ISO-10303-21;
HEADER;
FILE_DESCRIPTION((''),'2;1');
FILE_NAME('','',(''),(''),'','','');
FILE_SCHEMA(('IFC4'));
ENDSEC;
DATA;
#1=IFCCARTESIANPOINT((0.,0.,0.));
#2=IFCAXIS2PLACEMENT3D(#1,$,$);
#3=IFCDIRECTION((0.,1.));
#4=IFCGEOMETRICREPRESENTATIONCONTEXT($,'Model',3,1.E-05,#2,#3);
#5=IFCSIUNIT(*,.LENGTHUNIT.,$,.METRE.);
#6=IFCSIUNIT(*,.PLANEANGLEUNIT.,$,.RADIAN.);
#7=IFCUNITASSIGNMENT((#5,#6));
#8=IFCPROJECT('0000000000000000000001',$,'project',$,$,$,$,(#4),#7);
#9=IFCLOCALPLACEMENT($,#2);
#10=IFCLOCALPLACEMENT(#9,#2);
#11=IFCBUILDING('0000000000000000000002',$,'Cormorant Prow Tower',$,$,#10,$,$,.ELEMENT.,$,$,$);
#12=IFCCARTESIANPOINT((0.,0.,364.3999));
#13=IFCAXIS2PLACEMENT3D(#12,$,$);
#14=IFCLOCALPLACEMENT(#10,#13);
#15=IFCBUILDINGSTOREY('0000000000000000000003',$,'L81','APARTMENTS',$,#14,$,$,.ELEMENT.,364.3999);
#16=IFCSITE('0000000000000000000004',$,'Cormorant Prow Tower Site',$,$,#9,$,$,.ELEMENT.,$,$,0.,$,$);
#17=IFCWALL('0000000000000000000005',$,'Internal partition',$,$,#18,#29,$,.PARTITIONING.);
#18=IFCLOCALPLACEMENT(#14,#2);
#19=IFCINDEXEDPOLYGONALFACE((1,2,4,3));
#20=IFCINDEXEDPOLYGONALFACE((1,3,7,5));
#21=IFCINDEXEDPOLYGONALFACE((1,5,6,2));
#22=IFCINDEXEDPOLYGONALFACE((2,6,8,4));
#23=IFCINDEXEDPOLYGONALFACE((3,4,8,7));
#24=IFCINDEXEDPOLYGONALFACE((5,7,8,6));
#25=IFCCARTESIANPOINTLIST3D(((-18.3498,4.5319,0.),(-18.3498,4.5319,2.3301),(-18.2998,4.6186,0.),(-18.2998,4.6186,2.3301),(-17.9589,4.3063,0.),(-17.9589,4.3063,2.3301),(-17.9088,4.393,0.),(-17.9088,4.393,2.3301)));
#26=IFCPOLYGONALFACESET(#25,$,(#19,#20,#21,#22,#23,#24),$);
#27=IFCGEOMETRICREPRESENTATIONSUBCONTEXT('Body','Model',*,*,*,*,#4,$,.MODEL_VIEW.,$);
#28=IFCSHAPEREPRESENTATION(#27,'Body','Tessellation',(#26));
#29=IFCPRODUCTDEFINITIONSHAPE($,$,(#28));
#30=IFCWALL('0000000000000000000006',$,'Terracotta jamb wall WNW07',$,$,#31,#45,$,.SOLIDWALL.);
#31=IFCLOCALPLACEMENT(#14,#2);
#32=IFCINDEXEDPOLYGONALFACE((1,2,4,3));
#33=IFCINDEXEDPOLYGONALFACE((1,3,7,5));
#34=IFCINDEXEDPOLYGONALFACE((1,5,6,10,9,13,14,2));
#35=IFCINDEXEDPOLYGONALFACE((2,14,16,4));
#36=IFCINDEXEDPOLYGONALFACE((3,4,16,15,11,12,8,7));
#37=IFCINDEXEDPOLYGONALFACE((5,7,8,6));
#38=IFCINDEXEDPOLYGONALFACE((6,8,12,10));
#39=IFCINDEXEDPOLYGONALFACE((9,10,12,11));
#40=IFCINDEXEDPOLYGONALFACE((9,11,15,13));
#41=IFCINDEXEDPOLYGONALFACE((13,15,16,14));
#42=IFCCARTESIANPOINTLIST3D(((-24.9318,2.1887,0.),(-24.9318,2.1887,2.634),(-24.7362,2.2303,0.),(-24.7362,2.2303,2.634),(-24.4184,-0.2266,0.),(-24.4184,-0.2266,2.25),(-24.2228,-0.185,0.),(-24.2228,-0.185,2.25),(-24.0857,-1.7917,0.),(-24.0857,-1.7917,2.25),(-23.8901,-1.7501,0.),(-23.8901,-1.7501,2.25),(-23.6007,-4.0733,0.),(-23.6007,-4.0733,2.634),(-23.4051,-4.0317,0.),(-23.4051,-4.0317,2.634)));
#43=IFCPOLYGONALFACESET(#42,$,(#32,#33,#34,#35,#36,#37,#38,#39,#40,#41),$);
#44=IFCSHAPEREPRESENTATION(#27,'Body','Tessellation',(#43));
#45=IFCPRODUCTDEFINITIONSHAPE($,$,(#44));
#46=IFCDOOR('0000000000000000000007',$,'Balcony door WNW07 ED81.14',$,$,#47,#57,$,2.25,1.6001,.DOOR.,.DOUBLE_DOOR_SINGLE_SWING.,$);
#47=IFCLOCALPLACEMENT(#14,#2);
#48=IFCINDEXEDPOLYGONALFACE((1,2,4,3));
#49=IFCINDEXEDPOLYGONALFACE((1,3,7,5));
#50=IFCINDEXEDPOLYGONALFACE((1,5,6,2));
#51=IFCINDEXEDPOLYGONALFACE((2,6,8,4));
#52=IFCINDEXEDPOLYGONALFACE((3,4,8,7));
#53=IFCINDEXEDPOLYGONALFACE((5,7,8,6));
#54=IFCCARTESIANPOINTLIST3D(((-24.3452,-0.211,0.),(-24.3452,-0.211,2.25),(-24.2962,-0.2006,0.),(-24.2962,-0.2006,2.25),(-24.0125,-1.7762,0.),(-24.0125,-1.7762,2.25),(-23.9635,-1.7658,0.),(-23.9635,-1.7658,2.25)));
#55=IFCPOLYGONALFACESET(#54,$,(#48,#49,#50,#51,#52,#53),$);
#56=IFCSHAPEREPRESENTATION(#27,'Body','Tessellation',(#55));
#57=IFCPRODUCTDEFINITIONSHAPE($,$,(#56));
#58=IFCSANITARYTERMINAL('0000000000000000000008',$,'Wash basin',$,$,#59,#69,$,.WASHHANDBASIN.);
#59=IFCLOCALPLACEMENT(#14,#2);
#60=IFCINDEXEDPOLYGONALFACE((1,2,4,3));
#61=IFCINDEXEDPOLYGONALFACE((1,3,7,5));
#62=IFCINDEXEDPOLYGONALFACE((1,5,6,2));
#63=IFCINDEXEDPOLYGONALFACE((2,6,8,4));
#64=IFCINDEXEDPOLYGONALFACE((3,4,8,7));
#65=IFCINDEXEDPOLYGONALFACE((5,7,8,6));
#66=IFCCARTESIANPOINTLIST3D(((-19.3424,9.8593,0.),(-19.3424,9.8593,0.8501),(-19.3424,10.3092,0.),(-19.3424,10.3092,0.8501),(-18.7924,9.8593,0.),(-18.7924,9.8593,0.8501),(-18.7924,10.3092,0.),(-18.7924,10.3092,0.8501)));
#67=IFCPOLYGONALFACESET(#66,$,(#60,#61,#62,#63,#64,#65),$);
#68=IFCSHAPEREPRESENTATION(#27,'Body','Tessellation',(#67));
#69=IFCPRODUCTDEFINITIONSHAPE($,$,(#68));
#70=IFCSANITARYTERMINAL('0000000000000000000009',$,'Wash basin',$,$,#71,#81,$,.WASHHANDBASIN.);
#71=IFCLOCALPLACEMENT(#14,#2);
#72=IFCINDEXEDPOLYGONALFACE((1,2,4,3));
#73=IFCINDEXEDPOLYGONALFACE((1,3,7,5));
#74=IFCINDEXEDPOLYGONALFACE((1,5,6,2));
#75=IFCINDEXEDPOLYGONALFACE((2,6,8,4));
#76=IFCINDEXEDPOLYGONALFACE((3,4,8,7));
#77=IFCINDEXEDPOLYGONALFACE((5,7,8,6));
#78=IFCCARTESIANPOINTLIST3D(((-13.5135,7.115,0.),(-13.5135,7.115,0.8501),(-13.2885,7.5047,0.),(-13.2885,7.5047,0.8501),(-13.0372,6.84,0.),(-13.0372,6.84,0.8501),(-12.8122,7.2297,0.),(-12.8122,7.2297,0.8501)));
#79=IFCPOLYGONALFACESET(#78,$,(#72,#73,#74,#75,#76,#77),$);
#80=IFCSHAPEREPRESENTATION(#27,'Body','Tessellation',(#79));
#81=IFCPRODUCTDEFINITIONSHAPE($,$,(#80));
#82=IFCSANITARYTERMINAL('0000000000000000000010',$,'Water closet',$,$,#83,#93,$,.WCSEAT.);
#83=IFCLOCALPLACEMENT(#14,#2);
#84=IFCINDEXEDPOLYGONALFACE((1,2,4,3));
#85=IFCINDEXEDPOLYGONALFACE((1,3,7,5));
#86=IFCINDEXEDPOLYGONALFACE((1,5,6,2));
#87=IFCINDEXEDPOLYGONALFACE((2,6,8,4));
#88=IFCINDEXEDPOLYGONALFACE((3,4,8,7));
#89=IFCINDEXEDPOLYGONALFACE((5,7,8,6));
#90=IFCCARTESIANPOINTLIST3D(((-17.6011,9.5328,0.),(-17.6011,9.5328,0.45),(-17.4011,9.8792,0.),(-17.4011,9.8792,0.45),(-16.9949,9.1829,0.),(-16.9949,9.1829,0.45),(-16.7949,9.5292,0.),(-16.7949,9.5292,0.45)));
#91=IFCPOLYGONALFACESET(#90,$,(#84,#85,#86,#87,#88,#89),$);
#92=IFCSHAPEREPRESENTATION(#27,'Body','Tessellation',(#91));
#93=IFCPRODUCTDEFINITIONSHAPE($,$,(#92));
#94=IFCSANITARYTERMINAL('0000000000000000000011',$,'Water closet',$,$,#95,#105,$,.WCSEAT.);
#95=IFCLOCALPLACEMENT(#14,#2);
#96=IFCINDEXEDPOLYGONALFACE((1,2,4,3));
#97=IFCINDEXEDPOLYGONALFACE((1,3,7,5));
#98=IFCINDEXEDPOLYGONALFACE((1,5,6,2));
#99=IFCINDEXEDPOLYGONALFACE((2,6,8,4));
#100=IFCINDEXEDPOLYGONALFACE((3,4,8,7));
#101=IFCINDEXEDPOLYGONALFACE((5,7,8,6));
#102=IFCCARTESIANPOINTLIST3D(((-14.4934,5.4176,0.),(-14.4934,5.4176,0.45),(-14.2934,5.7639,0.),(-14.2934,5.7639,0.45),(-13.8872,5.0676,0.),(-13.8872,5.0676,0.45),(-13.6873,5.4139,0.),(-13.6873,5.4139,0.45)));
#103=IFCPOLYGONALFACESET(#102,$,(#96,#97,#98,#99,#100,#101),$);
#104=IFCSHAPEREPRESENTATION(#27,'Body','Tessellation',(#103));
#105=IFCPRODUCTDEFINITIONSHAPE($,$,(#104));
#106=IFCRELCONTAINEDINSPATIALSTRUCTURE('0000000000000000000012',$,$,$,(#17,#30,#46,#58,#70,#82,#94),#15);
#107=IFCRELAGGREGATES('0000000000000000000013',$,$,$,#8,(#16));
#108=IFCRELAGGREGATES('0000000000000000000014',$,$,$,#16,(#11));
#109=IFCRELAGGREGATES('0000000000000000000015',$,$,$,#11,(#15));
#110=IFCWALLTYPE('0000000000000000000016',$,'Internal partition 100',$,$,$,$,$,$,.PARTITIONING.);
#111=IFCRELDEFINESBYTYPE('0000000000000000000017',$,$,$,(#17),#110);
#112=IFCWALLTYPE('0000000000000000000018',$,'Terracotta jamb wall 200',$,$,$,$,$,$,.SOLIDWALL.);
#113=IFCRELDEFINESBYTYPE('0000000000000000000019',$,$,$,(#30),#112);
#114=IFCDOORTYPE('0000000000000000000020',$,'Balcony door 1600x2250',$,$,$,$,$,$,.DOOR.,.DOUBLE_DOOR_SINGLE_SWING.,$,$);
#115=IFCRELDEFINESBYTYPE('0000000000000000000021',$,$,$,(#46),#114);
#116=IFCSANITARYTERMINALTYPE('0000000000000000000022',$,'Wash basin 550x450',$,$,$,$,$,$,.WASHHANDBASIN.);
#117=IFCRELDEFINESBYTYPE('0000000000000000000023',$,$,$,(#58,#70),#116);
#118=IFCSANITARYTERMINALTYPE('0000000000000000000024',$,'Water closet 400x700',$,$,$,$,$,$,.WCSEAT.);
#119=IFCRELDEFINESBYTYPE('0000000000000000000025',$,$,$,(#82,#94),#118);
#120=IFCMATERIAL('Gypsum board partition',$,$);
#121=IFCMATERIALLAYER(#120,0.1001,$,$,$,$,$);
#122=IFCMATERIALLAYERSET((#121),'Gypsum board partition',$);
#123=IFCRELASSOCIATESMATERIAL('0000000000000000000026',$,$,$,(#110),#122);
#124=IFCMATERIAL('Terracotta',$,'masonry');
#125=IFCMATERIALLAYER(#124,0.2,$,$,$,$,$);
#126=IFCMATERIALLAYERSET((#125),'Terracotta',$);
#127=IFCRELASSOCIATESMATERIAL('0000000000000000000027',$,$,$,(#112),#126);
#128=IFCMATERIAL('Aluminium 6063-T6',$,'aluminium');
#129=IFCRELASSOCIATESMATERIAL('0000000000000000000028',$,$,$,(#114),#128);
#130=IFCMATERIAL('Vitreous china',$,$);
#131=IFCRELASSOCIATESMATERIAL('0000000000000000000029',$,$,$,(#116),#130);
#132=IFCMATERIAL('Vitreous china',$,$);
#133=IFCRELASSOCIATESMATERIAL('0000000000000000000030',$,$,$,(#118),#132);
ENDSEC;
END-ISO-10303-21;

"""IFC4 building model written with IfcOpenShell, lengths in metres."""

from ifc_helpers import new_model, si_unit, direction, frame, frame_2d, origin, origin_2d, place, context, subcontext, project, spatial, rectangle, extrude, material, layer, layer_set, type_object, element, fill, save


model = new_model("IFC4")

# Units and contexts
model_context = context("Model", 3, precision=1e-05, world=origin(), true_north=direction((0.0, 1.0)))
body_context = subcontext(model_context, "Body", "Model", "MODEL_VIEW")
ifc_project = project(units=[si_unit("LENGTHUNIT", "METRE"), si_unit("PLANEANGLEUNIT", "RADIAN")], contexts=[model_context])

# Site, building, storey
site_placement = place(None, origin())
site = spatial("IfcSite", under=ifc_project, at=site_placement, Name="Cormorant Prow Tower Site", CompositionType="ELEMENT", RefElevation=0.0)
building_placement = place(site_placement, origin())
building = spatial("IfcBuilding", under=site, at=building_placement, Name="Cormorant Prow Tower", CompositionType="ELEMENT")
storey_placement = place(building_placement, frame((0.0, 0.0, 364.3999)))
storey = spatial("IfcBuildingStorey", under=building, at=storey_placement, Name="L81", Description="APARTMENTS", CompositionType="ELEMENT", Elevation=364.3999)

# Shared definitions
ifc_material_1 = material(Name="Gypsum board partition")
ifc_layer_1 = layer(ifc_material_1, 0.1001)
ifc_layer_set_1 = layer_set([ifc_layer_1], Name="Gypsum board partition")
wall_type_1 = type_object("IfcWallType", Name="Internal partition 100", PredefinedType="PARTITIONING", material=ifc_layer_set_1)

# Wall
for number, where, z_axis, x_axis, name in (
    (1, (-18.3247, 4.5752, 0.0), (0.0, 0.0, 1.0), (0.866105, -0.499863, 0.0), "Internal partition"),
):
    element("IfcWall", number, at=place(storey_placement, frame(where, z_axis=z_axis, x_axis=x_axis)), inside=storey, type_object=wall_type_1, Name=name, PredefinedType="PARTITIONING", context=body_context, shape_type="SweptSolid", body=[
        extrude(rectangle(XDim=0.4514, YDim=0.1001, at=frame_2d((0.2256, 0.0))), origin(), (0.0, 0.0, 1.0), 2.3301),
    ])

# Wall, opening, door
ifc_material_2 = material(Name="Terracotta", Category="masonry")
ifc_layer_2 = layer(ifc_material_2, 0.2)
ifc_layer_set_2 = layer_set([ifc_layer_2], Name="Terracotta")
wall_type_2 = type_object("IfcWallType", Name="Terracotta jamb wall 200", PredefinedType="SOLIDWALL", material=ifc_layer_set_2)
wall_1_placement = place(storey_placement, frame((-24.834, 2.2095, 0.0), z_axis=(0.0, 0.0, 1.0), x_axis=(0.207917, -0.978147, 0.0)))
wall_1 = element("IfcWall", 2, at=wall_1_placement, inside=storey, type_object=wall_type_2, Name="Terracotta jamb wall WNW07", PredefinedType="SOLIDWALL", context=body_context, shape_type="SweptSolid", body=[
    extrude(rectangle(XDim=6.4019, YDim=0.2, at=frame_2d((3.2009, 0.0))), origin(), (0.0, 0.0, 1.0), 2.634),
])
opening_1_placement = place(wall_1_placement, frame((2.4692, 0.0, 0.0)))
opening_1 = element("IfcOpeningElement", 3, at=opening_1_placement, cuts=wall_1, PredefinedType="OPENING", context=body_context, shape_type="SweptSolid", body=[
    extrude(rectangle(XDim=1.6001, YDim=2.25, at=frame_2d((0.8, 1.125))), frame((0.0, 0.1099, 0.0), z_axis=(0.0, -1.0, 0.0), x_axis=(1.0, 0.0, 0.0)), (0.0, 0.0, 1.0), 0.22),
])
ifc_material_3 = material(Name="Aluminium 6063-T6", Category="aluminium")
door_type_1 = type_object("IfcDoorType", Name="Balcony door 1600x2250", OperationType="DOUBLE_DOOR_SINGLE_SWING", PredefinedType="DOOR", material=ifc_material_3)
door_1_placement = place(opening_1_placement, origin())
door_1 = element("IfcDoor", 4, at=door_1_placement, inside=storey, type_object=door_type_1, Name="Balcony door WNW07 ED81.14", OperationType="DOUBLE_DOOR_SINGLE_SWING", OverallHeight=2.25, OverallWidth=1.6001, PredefinedType="DOOR", context=body_context, shape_type="SweptSolid", body=[
    extrude(rectangle(XDim=1.6001, YDim=2.25, at=frame_2d((0.8, 1.125))), frame((0.0, 0.0249, 0.0), z_axis=(0.0, -1.0, 0.0), x_axis=(1.0, 0.0, 0.0)), (0.0, 0.0, 1.0), 0.05),
])
fill(opening_1, door_1)

# Sanitary terminals
ifc_material_4 = material(Name="Vitreous china")
sanitary_terminal_type_1 = type_object("IfcSanitaryTerminalType", Name="Wash basin 550x450", PredefinedType="WASHHANDBASIN", material=ifc_material_4)
for number, where, z_axis, x_axis, name in (
    (5, (-19.0674, 10.0842, 0.0), (0.0, 0.0, 1.0), (1.0, 0.0, 0.0), "Wash basin"),
    (6, (-13.1628, 7.1724, 0.0), (0.0, 0.0, 1.0), (0.866025, -0.5, 0.0), "Wash basin"),
):
    element("IfcSanitaryTerminal", number, at=place(storey_placement, frame(where, z_axis=z_axis, x_axis=x_axis)), inside=storey, type_object=sanitary_terminal_type_1, Name=name, PredefinedType="WASHHANDBASIN", context=body_context, shape_type="SweptSolid", body=[
        extrude(rectangle(XDim=0.55, YDim=0.45, at=origin_2d()), origin(), (0.0, 0.0, 1.0), 0.8501),
    ])
ifc_material_5 = material(Name="Vitreous china")
sanitary_terminal_type_2 = type_object("IfcSanitaryTerminalType", Name="Water closet 400x700", PredefinedType="WCSEAT", material=ifc_material_5)
for number, where, z_axis, x_axis, name in (
    (7, (-17.198, 9.531, 0.0), (0.0, 0.0, 1.0), (-0.5, -0.866025, 0.0), "Water closet"),
    (8, (-14.0903, 5.4158, 0.0), (0.0, 0.0, 1.0), (0.5, 0.866025, 0.0), "Water closet"),
):
    element("IfcSanitaryTerminal", number, at=place(storey_placement, frame(where, z_axis=z_axis, x_axis=x_axis)), inside=storey, type_object=sanitary_terminal_type_2, Name=name, PredefinedType="WCSEAT", context=body_context, shape_type="SweptSolid", body=[
        extrude(rectangle(XDim=0.3999, YDim=0.7, at=origin_2d()), origin(), (0.0, 0.0, 1.0), 0.45),
    ])

save(model, "model.ifc")
